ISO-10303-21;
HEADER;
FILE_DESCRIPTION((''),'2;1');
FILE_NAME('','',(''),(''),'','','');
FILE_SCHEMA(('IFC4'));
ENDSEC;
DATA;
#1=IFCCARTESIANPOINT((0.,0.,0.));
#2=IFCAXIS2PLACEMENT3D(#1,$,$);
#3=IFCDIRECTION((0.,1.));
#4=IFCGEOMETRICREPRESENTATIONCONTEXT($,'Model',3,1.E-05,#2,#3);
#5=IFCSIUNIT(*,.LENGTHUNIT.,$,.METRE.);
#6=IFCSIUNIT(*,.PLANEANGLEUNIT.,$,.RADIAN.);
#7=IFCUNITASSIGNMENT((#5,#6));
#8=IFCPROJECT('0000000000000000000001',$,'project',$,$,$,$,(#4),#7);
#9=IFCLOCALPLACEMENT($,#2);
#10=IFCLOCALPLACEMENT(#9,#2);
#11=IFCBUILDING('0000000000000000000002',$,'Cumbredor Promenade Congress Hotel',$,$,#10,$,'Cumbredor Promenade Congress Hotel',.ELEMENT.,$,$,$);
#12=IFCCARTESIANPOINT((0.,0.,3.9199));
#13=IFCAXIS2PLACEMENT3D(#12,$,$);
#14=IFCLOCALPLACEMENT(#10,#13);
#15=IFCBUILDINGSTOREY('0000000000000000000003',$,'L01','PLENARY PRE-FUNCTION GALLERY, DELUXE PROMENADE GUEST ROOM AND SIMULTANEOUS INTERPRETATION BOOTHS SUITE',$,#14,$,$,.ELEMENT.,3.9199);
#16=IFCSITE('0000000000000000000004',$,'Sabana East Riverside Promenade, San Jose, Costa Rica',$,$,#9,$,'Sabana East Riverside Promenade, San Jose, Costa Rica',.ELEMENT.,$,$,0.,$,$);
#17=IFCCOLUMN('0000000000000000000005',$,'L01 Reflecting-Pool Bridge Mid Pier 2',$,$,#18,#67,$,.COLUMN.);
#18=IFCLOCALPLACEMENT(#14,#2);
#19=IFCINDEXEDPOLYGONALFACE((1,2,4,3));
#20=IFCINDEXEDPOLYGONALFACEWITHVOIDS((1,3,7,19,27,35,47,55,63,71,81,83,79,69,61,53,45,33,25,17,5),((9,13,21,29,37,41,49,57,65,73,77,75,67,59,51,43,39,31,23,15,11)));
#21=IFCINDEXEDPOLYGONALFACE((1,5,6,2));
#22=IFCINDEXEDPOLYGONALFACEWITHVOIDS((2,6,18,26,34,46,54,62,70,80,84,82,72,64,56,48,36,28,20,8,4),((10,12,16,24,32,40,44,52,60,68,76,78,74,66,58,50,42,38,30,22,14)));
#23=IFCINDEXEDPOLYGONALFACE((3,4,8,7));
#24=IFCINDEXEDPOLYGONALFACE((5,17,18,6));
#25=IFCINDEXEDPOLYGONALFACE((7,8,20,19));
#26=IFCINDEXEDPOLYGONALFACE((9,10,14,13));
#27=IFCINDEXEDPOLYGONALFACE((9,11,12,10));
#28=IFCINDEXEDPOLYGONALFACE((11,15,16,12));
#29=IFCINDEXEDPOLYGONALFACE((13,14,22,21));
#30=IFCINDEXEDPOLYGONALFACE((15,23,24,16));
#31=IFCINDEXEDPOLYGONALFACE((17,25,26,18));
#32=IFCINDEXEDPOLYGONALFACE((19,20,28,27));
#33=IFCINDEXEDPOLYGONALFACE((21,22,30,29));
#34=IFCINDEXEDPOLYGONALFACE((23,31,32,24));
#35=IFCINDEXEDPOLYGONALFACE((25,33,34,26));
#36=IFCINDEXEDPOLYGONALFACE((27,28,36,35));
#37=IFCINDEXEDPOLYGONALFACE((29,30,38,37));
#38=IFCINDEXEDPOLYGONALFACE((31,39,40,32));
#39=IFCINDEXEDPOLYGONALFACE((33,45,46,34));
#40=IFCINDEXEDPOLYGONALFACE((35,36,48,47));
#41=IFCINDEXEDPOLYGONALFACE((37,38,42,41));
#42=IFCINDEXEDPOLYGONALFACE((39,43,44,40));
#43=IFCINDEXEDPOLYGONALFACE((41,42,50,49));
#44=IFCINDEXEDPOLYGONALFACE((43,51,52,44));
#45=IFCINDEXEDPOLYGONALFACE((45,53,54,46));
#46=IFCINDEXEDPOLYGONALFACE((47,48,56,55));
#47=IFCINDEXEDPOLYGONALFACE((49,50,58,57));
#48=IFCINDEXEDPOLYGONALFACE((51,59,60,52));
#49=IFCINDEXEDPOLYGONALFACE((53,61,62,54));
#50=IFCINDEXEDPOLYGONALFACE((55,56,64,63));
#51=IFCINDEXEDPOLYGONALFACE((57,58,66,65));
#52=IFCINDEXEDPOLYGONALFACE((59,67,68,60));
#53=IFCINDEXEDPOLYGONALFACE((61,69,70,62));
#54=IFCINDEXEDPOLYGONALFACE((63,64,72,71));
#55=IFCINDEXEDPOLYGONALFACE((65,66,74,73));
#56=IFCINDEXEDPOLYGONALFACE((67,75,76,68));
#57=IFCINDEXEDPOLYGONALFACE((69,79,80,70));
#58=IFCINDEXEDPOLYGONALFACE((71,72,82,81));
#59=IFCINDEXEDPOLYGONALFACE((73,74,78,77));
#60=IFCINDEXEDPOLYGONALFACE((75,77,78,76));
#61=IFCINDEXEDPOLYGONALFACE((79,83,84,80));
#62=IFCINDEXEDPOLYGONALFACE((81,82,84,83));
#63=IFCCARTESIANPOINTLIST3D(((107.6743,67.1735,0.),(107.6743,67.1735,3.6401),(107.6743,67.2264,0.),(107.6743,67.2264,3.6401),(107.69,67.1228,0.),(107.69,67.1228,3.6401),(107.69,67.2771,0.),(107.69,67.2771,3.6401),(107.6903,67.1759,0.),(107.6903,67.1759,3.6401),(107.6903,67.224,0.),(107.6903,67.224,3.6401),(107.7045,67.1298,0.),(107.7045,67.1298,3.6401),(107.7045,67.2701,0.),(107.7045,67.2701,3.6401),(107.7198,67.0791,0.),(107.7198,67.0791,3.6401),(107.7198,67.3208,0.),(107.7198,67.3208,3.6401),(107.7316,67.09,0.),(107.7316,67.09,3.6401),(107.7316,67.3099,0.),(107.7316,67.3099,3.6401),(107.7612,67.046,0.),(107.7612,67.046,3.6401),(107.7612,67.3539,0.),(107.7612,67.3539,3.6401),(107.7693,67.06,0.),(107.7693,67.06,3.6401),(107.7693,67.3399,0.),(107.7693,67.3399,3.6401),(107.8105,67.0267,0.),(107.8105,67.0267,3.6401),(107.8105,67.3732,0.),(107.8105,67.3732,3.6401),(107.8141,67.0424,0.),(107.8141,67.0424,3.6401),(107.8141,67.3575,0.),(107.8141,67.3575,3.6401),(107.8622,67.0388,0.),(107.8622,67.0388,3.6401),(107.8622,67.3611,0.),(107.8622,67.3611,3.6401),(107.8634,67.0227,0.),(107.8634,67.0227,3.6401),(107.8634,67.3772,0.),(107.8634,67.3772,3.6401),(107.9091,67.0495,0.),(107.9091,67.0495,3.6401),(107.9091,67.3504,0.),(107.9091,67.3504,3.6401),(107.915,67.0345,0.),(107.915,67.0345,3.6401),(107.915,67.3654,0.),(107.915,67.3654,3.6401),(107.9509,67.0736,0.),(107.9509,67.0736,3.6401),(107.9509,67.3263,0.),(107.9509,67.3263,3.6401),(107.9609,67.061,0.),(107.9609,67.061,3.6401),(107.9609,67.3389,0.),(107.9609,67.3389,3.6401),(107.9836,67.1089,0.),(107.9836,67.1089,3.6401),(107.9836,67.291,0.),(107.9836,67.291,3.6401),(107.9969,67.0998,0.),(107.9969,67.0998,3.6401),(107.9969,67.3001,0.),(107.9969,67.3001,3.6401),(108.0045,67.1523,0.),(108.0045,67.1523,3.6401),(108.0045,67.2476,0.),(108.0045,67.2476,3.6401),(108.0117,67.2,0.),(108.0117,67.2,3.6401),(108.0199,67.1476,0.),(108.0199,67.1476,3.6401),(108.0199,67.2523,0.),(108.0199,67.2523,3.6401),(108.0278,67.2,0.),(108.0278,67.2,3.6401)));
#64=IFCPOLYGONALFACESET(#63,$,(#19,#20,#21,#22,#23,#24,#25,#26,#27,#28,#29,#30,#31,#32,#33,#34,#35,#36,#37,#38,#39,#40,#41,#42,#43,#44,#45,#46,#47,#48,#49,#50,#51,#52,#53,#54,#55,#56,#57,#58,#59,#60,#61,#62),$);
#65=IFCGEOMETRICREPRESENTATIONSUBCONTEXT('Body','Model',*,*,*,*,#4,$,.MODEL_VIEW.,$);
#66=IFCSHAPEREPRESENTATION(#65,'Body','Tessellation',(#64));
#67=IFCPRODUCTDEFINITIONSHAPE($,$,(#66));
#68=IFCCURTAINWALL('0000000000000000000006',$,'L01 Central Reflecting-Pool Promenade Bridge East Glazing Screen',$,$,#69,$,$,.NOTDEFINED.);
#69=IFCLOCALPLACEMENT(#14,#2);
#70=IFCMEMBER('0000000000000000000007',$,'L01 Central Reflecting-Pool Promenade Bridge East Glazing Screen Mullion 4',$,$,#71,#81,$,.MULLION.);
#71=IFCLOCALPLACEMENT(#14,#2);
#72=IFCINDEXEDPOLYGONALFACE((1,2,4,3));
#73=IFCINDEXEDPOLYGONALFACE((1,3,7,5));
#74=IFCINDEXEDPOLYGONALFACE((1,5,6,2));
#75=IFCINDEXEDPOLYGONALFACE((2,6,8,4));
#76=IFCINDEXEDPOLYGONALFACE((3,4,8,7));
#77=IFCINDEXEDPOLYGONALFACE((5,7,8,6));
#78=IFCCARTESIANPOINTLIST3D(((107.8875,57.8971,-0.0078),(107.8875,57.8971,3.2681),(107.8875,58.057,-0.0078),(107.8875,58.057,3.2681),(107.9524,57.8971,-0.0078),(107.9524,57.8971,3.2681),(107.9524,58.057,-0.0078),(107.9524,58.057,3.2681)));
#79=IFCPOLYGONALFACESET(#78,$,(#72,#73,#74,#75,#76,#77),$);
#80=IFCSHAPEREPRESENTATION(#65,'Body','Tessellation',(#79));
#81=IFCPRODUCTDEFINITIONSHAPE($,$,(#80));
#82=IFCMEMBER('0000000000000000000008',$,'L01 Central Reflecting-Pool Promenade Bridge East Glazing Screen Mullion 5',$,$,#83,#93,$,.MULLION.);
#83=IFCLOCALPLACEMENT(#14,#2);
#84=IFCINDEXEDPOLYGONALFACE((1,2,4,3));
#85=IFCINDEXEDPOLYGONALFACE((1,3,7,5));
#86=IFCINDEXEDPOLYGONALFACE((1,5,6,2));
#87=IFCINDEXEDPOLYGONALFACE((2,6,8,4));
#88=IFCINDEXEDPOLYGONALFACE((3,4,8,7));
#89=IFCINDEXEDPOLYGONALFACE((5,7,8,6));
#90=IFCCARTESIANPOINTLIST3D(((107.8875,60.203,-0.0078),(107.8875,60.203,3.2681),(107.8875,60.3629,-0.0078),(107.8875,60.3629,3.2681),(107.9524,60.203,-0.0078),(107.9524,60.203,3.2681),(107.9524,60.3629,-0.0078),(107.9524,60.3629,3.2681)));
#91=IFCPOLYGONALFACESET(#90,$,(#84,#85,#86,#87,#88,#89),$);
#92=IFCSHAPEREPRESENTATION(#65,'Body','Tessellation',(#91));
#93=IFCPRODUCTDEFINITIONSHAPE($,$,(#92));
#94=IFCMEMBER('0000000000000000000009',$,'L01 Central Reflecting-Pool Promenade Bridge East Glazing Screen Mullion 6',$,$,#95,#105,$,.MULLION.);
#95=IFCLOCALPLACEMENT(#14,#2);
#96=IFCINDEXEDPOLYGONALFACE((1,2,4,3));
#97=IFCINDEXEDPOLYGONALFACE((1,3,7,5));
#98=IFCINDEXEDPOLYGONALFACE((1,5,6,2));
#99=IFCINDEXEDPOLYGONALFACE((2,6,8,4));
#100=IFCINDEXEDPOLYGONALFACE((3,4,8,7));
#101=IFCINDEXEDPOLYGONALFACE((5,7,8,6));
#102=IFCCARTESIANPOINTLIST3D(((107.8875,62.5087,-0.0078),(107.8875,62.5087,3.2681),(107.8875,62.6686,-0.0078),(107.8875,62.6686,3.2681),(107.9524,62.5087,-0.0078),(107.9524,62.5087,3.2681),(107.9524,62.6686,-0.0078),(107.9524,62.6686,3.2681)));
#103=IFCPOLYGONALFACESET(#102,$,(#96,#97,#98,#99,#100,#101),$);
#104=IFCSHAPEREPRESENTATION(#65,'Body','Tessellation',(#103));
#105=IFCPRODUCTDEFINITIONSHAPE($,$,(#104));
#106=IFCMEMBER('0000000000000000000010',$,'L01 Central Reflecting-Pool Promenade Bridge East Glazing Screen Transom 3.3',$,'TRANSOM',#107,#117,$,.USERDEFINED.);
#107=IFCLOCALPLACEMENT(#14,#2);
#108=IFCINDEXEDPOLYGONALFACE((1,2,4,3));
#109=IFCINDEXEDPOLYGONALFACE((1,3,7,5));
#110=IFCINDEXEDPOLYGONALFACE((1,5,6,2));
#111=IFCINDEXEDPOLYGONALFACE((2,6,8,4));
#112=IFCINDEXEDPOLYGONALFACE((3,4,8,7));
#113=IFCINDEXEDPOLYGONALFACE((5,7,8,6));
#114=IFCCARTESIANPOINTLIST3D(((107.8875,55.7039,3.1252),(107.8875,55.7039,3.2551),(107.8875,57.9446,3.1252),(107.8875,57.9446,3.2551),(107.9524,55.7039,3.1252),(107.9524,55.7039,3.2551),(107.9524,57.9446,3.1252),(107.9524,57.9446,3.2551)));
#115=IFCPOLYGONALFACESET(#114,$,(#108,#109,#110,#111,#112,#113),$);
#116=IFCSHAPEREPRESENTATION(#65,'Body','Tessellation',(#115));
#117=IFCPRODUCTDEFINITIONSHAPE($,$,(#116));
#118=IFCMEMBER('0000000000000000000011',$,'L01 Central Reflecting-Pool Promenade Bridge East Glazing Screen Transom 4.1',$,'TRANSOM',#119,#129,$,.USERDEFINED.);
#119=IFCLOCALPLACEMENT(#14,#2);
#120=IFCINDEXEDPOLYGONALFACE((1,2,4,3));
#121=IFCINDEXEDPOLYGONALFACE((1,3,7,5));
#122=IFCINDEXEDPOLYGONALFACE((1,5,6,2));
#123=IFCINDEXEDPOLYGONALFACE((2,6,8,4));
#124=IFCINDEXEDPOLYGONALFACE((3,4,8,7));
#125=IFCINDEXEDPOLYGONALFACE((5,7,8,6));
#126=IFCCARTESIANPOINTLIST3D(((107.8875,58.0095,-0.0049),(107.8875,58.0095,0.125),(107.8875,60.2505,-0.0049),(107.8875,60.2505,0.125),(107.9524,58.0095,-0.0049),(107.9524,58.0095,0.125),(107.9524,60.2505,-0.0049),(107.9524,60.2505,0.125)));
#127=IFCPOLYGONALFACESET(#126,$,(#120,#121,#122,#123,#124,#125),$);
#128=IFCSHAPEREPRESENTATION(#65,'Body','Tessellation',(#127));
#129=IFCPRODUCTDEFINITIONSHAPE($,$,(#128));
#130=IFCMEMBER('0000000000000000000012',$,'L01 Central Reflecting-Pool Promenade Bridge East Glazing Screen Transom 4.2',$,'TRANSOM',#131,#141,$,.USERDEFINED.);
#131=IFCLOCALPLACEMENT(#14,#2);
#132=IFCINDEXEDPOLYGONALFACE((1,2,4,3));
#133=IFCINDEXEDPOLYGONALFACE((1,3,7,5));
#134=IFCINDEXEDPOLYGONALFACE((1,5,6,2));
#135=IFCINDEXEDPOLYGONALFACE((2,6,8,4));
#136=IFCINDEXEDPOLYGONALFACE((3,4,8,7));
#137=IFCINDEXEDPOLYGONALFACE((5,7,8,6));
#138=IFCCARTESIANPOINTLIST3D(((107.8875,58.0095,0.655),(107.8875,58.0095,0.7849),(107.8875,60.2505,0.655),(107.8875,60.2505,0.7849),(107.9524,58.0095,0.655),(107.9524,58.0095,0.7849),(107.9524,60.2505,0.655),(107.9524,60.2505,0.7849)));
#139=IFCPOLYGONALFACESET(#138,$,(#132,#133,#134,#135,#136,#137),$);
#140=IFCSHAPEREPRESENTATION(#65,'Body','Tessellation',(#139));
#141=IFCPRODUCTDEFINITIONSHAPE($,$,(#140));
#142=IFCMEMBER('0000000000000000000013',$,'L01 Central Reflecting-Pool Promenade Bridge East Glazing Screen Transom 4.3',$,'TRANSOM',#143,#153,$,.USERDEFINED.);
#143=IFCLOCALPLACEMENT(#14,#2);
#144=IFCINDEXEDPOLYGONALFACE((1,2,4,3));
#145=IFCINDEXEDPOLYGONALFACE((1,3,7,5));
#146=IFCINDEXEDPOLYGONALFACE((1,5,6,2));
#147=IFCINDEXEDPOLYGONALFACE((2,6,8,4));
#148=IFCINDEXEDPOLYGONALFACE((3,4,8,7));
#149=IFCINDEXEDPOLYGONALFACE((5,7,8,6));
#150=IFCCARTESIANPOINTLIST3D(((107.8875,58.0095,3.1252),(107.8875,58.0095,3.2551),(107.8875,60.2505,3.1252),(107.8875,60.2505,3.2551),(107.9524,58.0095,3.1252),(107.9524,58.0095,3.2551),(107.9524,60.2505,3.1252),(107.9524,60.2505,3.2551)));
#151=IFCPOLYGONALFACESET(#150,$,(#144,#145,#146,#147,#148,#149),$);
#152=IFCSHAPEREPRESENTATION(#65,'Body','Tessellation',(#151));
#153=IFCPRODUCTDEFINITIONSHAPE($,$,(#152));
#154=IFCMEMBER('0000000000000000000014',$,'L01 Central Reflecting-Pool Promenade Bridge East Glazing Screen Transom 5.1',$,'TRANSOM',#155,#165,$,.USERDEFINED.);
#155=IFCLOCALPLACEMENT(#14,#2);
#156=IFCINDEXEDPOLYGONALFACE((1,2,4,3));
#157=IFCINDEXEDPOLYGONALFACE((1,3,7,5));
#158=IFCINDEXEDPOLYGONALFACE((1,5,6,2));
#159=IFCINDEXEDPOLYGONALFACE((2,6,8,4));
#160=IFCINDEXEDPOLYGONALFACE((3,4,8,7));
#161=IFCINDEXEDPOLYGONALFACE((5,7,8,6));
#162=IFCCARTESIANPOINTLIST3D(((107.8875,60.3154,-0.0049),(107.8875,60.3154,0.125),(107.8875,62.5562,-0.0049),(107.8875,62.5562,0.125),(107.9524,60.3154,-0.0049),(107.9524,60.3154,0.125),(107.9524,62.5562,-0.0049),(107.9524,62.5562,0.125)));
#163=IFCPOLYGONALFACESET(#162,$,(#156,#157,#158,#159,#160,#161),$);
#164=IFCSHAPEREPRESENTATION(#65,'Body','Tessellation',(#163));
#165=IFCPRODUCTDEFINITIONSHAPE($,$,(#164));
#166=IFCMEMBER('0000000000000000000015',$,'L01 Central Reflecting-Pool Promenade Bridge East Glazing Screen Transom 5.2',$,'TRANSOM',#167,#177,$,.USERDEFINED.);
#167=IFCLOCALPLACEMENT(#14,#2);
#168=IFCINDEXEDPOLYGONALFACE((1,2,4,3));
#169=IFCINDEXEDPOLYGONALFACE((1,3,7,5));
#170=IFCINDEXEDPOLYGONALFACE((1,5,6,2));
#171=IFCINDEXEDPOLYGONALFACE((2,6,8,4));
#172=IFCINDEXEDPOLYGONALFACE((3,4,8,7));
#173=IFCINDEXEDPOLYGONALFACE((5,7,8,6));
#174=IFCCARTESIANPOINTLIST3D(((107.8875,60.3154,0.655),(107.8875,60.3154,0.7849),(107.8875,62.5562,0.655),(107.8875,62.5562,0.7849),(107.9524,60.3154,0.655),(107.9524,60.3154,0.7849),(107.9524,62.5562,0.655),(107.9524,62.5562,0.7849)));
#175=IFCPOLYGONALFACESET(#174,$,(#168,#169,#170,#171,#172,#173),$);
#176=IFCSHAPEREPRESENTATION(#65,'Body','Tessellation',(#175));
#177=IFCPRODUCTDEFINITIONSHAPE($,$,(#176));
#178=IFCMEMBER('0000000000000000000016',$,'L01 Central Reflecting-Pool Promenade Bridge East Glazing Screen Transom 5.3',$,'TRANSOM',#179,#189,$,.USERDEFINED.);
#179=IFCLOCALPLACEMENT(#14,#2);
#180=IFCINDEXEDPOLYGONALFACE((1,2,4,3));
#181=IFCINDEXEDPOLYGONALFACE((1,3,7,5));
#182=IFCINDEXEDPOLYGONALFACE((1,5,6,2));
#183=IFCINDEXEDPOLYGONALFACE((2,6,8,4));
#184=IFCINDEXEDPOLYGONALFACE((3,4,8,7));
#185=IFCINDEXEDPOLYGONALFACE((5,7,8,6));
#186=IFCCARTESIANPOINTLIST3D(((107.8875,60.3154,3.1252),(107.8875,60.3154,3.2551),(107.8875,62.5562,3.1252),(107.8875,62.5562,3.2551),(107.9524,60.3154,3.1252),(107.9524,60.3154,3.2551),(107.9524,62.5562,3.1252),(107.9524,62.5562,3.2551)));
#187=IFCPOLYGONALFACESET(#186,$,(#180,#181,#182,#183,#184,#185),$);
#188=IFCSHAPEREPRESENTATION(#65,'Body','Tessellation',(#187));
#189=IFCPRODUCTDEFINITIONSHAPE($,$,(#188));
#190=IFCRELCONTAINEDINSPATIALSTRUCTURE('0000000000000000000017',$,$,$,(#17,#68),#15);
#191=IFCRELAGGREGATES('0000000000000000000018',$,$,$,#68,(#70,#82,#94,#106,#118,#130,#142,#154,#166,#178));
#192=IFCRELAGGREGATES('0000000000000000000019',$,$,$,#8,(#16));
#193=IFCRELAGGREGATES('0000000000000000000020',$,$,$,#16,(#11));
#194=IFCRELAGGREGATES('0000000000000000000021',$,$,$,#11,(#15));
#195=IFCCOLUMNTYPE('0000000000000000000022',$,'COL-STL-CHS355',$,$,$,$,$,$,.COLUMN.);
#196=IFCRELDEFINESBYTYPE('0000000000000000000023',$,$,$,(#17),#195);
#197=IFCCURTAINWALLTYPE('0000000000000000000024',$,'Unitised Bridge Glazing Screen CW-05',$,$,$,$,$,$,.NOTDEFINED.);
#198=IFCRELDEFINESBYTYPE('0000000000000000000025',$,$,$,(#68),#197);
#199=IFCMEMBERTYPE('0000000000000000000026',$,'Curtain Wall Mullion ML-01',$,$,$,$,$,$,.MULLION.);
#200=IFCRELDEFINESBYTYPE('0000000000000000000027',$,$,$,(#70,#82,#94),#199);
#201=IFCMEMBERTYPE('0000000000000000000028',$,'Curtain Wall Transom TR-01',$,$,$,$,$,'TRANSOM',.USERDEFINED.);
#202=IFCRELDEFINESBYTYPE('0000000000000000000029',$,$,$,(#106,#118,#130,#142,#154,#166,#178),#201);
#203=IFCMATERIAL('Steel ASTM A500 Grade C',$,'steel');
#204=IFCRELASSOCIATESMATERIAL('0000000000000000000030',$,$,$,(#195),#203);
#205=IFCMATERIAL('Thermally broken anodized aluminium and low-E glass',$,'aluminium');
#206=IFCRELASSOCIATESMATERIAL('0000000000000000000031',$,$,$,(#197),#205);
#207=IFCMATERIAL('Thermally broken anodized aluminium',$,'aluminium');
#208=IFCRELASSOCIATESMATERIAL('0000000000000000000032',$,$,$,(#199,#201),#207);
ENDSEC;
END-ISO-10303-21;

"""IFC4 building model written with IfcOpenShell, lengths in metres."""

from ifc_helpers import new_model, si_unit, direction, frame, origin, origin_2d, place, context, subcontext, project, spatial, rectangle, hollow_circle, extrude, material, material_profile, profile_set, type_object, element, aggregate, save


model = new_model("IFC4")

# Units and contexts
model_context = context("Model", 3, precision=1e-05, world=origin(), true_north=direction((0.0, 1.0)))
body_context = subcontext(model_context, "Body", "Model", "MODEL_VIEW")
ifc_project = project(units=[si_unit("LENGTHUNIT", "METRE"), si_unit("PLANEANGLEUNIT", "RADIAN")], contexts=[model_context])

# Site, building, storey
site_placement = place(None, origin())
site = spatial("IfcSite", under=ifc_project, at=site_placement, Name="Sabana East Riverside Promenade, San Jose, Costa Rica", LongName="Sabana East Riverside Promenade, San Jose, Costa Rica", CompositionType="ELEMENT", RefElevation=0.0)
building_placement = place(site_placement, origin())
building = spatial("IfcBuilding", under=site, at=building_placement, Name="Cumbredor Promenade Congress Hotel", LongName="Cumbredor Promenade Congress Hotel", CompositionType="ELEMENT")
storey_placement = place(building_placement, frame((0.0, 0.0, 3.9199)))
storey = spatial("IfcBuildingStorey", under=building, at=storey_placement, Name="L01", Description="PLENARY PRE-FUNCTION GALLERY, DELUXE PROMENADE GUEST ROOM AND SIMULTANEOUS INTERPRETATION BOOTHS SUITE", CompositionType="ELEMENT", Elevation=3.9199)

# Column
ifc_material_1 = material(Name="Steel ASTM A500 Grade C", Category="steel")
ifc_material_profile_1 = material_profile(ifc_material_1, hollow_circle(Radius=0.1777, WallThickness=0.0161, at=origin_2d()), Name="CHS 355.6x16")
ifc_profile_set_1 = profile_set([ifc_material_profile_1], Name="Steel ASTM A500 Grade C")
column_type = type_object("IfcColumnType", Name="COL-STL-CHS355", PredefinedType="COLUMN", material=ifc_profile_set_1)
column_placement = place(storey_placement, frame((107.8501, 67.2, 0.0), z_axis=(0.0, 0.0, 1.0), x_axis=(1.0, 0.0, 0.0)))
element("IfcColumn", 1, at=column_placement, inside=storey, type_object=column_type, Name="L01 Reflecting-Pool Bridge Mid Pier 2", PredefinedType="COLUMN", context=body_context, shape_type="SweptSolid", body=[
    extrude(hollow_circle(Radius=0.1777, WallThickness=0.0161, at=origin_2d()), origin(), (0.0, 0.0, 1.0), 3.6401),
])

# Curtain wall, members
ifc_material_2 = material(Name="Thermally broken anodized aluminium and low-E glass", Category="aluminium")
curtain_wall_type = type_object("IfcCurtainWallType", Name="Unitised Bridge Glazing Screen CW-05", PredefinedType="NOTDEFINED", material=ifc_material_2)
curtain_wall_placement = place(storey_placement, origin())
curtain_wall = element("IfcCurtainWall", 2, at=curtain_wall_placement, inside=storey, type_object=curtain_wall_type, Name="L01 Central Reflecting-Pool Promenade Bridge East Glazing Screen", PredefinedType="NOTDEFINED")
ifc_material_3 = material(Name="Thermally broken anodized aluminium", Category="aluminium")
ifc_material_profile_2 = material_profile(ifc_material_3, rectangle(XDim=0.0649, YDim=0.1599, at=origin_2d()), Name="ALU MULLION 65x160")
ifc_profile_set_2 = profile_set([ifc_material_profile_2], Name="Thermally broken anodized aluminium")
member_type_1 = type_object("IfcMemberType", Name="Curtain Wall Mullion ML-01", PredefinedType="MULLION", material=ifc_profile_set_2)
member_1_placement = place(storey_placement, frame((107.9199, 57.9771, -0.0078), z_axis=(0.0, 0.0, 1.0), x_axis=(1.0, 0.0, 0.0)))
member_1 = element("IfcMember", 3, at=member_1_placement, type_object=member_type_1, Name="L01 Central Reflecting-Pool Promenade Bridge East Glazing Screen Mullion 4", PredefinedType="MULLION", context=body_context, shape_type="SweptSolid", body=[
    extrude(rectangle(XDim=0.0649, YDim=0.1599, at=origin_2d()), origin(), (0.0, 0.0, 1.0), 3.2759),
])
member_2_placement = place(storey_placement, frame((107.9199, 60.283, -0.0078), z_axis=(0.0, 0.0, 1.0), x_axis=(1.0, 0.0, 0.0)))
member_2 = element("IfcMember", 4, at=member_2_placement, type_object=member_type_1, Name="L01 Central Reflecting-Pool Promenade Bridge East Glazing Screen Mullion 5", PredefinedType="MULLION", context=body_context, shape_type="SweptSolid", body=[
    extrude(rectangle(XDim=0.0649, YDim=0.1599, at=origin_2d()), origin(), (0.0, 0.0, 1.0), 3.2759),
])
member_3_placement = place(storey_placement, frame((107.9199, 62.5886, -0.0078), z_axis=(0.0, 0.0, 1.0), x_axis=(1.0, 0.0, 0.0)))
member_3 = element("IfcMember", 5, at=member_3_placement, type_object=member_type_1, Name="L01 Central Reflecting-Pool Promenade Bridge East Glazing Screen Mullion 6", PredefinedType="MULLION", context=body_context, shape_type="SweptSolid", body=[
    extrude(rectangle(XDim=0.0649, YDim=0.1599, at=origin_2d()), origin(), (0.0, 0.0, 1.0), 3.2759),
])
ifc_material_profile_3 = material_profile(ifc_material_3, rectangle(XDim=0.0649, YDim=0.1299, at=origin_2d()), Name="ALU TRANSOM 65x130")
ifc_profile_set_3 = profile_set([ifc_material_profile_3], Name="Thermally broken anodized aluminium")
member_type_2 = type_object("IfcMemberType", Name="Curtain Wall Transom TR-01", ElementType="TRANSOM", PredefinedType="USERDEFINED", material=ifc_profile_set_3)
member_4_placement = place(storey_placement, frame((107.9199, 55.7039, 3.1902), z_axis=(0.0, 1.0, 0.0), x_axis=(-1.0, 0.0, 0.0)))
member_4 = element("IfcMember", 6, at=member_4_placement, type_object=member_type_2, Name="L01 Central Reflecting-Pool Promenade Bridge East Glazing Screen Transom 3.3", ObjectType="TRANSOM", PredefinedType="USERDEFINED", context=body_context, shape_type="SweptSolid", body=[
    extrude(rectangle(XDim=0.0649, YDim=0.1299, at=origin_2d()), origin(), (0.0, 0.0, 1.0), 2.2407),
])
member_5_placement = place(storey_placement, frame((107.9199, 58.0095, 0.0601), z_axis=(0.0, 1.0, 0.0), x_axis=(-1.0, 0.0, 0.0)))
member_5 = element("IfcMember", 7, at=member_5_placement, type_object=member_type_2, Name="L01 Central Reflecting-Pool Promenade Bridge East Glazing Screen Transom 4.1", ObjectType="TRANSOM", PredefinedType="USERDEFINED", context=body_context, shape_type="SweptSolid", body=[
    extrude(rectangle(XDim=0.0649, YDim=0.1299, at=origin_2d()), origin(), (0.0, 0.0, 1.0), 2.241),
])
member_6_placement = place(storey_placement, frame((107.9199, 58.0095, 0.72), z_axis=(0.0, 1.0, 0.0), x_axis=(-1.0, 0.0, 0.0)))
member_6 = element("IfcMember", 8, at=member_6_placement, type_object=member_type_2, Name="L01 Central Reflecting-Pool Promenade Bridge East Glazing Screen Transom 4.2", ObjectType="TRANSOM", PredefinedType="USERDEFINED", context=body_context, shape_type="SweptSolid", body=[
    extrude(rectangle(XDim=0.0649, YDim=0.1299, at=origin_2d()), origin(), (0.0, 0.0, 1.0), 2.241),
])
member_7_placement = place(storey_placement, frame((107.9199, 58.0095, 3.1902), z_axis=(0.0, 1.0, 0.0), x_axis=(-1.0, 0.0, 0.0)))
member_7 = element("IfcMember", 9, at=member_7_placement, type_object=member_type_2, Name="L01 Central Reflecting-Pool Promenade Bridge East Glazing Screen Transom 4.3", ObjectType="TRANSOM", PredefinedType="USERDEFINED", context=body_context, shape_type="SweptSolid", body=[
    extrude(rectangle(XDim=0.0649, YDim=0.1299, at=origin_2d()), origin(), (0.0, 0.0, 1.0), 2.241),
])
member_8_placement = place(storey_placement, frame((107.9199, 60.3154, 0.0601), z_axis=(0.0, 1.0, 0.0), x_axis=(-1.0, 0.0, 0.0)))
member_8 = element("IfcMember", 10, at=member_8_placement, type_object=member_type_2, Name="L01 Central Reflecting-Pool Promenade Bridge East Glazing Screen Transom 5.1", ObjectType="TRANSOM", PredefinedType="USERDEFINED", context=body_context, shape_type="SweptSolid", body=[
    extrude(rectangle(XDim=0.0649, YDim=0.1299, at=origin_2d()), origin(), (0.0, 0.0, 1.0), 2.2407),
])
member_9_placement = place(storey_placement, frame((107.9199, 60.3154, 0.72), z_axis=(0.0, 1.0, 0.0), x_axis=(-1.0, 0.0, 0.0)))
member_9 = element("IfcMember", 11, at=member_9_placement, type_object=member_type_2, Name="L01 Central Reflecting-Pool Promenade Bridge East Glazing Screen Transom 5.2", ObjectType="TRANSOM", PredefinedType="USERDEFINED", context=body_context, shape_type="SweptSolid", body=[
    extrude(rectangle(XDim=0.0649, YDim=0.1299, at=origin_2d()), origin(), (0.0, 0.0, 1.0), 2.2407),
])
member_10_placement = place(storey_placement, frame((107.9199, 60.3154, 3.1902), z_axis=(0.0, 1.0, 0.0), x_axis=(-1.0, 0.0, 0.0)))
member_10 = element("IfcMember", 12, at=member_10_placement, type_object=member_type_2, Name="L01 Central Reflecting-Pool Promenade Bridge East Glazing Screen Transom 5.3", ObjectType="TRANSOM", PredefinedType="USERDEFINED", context=body_context, shape_type="SweptSolid", body=[
    extrude(rectangle(XDim=0.0649, YDim=0.1299, at=origin_2d()), origin(), (0.0, 0.0, 1.0), 2.2407),
])

aggregate(curtain_wall, [member_1, member_2, member_3, member_4, member_5, member_6, member_7, member_8, member_9, member_10])

save(model, "model.ifc")
